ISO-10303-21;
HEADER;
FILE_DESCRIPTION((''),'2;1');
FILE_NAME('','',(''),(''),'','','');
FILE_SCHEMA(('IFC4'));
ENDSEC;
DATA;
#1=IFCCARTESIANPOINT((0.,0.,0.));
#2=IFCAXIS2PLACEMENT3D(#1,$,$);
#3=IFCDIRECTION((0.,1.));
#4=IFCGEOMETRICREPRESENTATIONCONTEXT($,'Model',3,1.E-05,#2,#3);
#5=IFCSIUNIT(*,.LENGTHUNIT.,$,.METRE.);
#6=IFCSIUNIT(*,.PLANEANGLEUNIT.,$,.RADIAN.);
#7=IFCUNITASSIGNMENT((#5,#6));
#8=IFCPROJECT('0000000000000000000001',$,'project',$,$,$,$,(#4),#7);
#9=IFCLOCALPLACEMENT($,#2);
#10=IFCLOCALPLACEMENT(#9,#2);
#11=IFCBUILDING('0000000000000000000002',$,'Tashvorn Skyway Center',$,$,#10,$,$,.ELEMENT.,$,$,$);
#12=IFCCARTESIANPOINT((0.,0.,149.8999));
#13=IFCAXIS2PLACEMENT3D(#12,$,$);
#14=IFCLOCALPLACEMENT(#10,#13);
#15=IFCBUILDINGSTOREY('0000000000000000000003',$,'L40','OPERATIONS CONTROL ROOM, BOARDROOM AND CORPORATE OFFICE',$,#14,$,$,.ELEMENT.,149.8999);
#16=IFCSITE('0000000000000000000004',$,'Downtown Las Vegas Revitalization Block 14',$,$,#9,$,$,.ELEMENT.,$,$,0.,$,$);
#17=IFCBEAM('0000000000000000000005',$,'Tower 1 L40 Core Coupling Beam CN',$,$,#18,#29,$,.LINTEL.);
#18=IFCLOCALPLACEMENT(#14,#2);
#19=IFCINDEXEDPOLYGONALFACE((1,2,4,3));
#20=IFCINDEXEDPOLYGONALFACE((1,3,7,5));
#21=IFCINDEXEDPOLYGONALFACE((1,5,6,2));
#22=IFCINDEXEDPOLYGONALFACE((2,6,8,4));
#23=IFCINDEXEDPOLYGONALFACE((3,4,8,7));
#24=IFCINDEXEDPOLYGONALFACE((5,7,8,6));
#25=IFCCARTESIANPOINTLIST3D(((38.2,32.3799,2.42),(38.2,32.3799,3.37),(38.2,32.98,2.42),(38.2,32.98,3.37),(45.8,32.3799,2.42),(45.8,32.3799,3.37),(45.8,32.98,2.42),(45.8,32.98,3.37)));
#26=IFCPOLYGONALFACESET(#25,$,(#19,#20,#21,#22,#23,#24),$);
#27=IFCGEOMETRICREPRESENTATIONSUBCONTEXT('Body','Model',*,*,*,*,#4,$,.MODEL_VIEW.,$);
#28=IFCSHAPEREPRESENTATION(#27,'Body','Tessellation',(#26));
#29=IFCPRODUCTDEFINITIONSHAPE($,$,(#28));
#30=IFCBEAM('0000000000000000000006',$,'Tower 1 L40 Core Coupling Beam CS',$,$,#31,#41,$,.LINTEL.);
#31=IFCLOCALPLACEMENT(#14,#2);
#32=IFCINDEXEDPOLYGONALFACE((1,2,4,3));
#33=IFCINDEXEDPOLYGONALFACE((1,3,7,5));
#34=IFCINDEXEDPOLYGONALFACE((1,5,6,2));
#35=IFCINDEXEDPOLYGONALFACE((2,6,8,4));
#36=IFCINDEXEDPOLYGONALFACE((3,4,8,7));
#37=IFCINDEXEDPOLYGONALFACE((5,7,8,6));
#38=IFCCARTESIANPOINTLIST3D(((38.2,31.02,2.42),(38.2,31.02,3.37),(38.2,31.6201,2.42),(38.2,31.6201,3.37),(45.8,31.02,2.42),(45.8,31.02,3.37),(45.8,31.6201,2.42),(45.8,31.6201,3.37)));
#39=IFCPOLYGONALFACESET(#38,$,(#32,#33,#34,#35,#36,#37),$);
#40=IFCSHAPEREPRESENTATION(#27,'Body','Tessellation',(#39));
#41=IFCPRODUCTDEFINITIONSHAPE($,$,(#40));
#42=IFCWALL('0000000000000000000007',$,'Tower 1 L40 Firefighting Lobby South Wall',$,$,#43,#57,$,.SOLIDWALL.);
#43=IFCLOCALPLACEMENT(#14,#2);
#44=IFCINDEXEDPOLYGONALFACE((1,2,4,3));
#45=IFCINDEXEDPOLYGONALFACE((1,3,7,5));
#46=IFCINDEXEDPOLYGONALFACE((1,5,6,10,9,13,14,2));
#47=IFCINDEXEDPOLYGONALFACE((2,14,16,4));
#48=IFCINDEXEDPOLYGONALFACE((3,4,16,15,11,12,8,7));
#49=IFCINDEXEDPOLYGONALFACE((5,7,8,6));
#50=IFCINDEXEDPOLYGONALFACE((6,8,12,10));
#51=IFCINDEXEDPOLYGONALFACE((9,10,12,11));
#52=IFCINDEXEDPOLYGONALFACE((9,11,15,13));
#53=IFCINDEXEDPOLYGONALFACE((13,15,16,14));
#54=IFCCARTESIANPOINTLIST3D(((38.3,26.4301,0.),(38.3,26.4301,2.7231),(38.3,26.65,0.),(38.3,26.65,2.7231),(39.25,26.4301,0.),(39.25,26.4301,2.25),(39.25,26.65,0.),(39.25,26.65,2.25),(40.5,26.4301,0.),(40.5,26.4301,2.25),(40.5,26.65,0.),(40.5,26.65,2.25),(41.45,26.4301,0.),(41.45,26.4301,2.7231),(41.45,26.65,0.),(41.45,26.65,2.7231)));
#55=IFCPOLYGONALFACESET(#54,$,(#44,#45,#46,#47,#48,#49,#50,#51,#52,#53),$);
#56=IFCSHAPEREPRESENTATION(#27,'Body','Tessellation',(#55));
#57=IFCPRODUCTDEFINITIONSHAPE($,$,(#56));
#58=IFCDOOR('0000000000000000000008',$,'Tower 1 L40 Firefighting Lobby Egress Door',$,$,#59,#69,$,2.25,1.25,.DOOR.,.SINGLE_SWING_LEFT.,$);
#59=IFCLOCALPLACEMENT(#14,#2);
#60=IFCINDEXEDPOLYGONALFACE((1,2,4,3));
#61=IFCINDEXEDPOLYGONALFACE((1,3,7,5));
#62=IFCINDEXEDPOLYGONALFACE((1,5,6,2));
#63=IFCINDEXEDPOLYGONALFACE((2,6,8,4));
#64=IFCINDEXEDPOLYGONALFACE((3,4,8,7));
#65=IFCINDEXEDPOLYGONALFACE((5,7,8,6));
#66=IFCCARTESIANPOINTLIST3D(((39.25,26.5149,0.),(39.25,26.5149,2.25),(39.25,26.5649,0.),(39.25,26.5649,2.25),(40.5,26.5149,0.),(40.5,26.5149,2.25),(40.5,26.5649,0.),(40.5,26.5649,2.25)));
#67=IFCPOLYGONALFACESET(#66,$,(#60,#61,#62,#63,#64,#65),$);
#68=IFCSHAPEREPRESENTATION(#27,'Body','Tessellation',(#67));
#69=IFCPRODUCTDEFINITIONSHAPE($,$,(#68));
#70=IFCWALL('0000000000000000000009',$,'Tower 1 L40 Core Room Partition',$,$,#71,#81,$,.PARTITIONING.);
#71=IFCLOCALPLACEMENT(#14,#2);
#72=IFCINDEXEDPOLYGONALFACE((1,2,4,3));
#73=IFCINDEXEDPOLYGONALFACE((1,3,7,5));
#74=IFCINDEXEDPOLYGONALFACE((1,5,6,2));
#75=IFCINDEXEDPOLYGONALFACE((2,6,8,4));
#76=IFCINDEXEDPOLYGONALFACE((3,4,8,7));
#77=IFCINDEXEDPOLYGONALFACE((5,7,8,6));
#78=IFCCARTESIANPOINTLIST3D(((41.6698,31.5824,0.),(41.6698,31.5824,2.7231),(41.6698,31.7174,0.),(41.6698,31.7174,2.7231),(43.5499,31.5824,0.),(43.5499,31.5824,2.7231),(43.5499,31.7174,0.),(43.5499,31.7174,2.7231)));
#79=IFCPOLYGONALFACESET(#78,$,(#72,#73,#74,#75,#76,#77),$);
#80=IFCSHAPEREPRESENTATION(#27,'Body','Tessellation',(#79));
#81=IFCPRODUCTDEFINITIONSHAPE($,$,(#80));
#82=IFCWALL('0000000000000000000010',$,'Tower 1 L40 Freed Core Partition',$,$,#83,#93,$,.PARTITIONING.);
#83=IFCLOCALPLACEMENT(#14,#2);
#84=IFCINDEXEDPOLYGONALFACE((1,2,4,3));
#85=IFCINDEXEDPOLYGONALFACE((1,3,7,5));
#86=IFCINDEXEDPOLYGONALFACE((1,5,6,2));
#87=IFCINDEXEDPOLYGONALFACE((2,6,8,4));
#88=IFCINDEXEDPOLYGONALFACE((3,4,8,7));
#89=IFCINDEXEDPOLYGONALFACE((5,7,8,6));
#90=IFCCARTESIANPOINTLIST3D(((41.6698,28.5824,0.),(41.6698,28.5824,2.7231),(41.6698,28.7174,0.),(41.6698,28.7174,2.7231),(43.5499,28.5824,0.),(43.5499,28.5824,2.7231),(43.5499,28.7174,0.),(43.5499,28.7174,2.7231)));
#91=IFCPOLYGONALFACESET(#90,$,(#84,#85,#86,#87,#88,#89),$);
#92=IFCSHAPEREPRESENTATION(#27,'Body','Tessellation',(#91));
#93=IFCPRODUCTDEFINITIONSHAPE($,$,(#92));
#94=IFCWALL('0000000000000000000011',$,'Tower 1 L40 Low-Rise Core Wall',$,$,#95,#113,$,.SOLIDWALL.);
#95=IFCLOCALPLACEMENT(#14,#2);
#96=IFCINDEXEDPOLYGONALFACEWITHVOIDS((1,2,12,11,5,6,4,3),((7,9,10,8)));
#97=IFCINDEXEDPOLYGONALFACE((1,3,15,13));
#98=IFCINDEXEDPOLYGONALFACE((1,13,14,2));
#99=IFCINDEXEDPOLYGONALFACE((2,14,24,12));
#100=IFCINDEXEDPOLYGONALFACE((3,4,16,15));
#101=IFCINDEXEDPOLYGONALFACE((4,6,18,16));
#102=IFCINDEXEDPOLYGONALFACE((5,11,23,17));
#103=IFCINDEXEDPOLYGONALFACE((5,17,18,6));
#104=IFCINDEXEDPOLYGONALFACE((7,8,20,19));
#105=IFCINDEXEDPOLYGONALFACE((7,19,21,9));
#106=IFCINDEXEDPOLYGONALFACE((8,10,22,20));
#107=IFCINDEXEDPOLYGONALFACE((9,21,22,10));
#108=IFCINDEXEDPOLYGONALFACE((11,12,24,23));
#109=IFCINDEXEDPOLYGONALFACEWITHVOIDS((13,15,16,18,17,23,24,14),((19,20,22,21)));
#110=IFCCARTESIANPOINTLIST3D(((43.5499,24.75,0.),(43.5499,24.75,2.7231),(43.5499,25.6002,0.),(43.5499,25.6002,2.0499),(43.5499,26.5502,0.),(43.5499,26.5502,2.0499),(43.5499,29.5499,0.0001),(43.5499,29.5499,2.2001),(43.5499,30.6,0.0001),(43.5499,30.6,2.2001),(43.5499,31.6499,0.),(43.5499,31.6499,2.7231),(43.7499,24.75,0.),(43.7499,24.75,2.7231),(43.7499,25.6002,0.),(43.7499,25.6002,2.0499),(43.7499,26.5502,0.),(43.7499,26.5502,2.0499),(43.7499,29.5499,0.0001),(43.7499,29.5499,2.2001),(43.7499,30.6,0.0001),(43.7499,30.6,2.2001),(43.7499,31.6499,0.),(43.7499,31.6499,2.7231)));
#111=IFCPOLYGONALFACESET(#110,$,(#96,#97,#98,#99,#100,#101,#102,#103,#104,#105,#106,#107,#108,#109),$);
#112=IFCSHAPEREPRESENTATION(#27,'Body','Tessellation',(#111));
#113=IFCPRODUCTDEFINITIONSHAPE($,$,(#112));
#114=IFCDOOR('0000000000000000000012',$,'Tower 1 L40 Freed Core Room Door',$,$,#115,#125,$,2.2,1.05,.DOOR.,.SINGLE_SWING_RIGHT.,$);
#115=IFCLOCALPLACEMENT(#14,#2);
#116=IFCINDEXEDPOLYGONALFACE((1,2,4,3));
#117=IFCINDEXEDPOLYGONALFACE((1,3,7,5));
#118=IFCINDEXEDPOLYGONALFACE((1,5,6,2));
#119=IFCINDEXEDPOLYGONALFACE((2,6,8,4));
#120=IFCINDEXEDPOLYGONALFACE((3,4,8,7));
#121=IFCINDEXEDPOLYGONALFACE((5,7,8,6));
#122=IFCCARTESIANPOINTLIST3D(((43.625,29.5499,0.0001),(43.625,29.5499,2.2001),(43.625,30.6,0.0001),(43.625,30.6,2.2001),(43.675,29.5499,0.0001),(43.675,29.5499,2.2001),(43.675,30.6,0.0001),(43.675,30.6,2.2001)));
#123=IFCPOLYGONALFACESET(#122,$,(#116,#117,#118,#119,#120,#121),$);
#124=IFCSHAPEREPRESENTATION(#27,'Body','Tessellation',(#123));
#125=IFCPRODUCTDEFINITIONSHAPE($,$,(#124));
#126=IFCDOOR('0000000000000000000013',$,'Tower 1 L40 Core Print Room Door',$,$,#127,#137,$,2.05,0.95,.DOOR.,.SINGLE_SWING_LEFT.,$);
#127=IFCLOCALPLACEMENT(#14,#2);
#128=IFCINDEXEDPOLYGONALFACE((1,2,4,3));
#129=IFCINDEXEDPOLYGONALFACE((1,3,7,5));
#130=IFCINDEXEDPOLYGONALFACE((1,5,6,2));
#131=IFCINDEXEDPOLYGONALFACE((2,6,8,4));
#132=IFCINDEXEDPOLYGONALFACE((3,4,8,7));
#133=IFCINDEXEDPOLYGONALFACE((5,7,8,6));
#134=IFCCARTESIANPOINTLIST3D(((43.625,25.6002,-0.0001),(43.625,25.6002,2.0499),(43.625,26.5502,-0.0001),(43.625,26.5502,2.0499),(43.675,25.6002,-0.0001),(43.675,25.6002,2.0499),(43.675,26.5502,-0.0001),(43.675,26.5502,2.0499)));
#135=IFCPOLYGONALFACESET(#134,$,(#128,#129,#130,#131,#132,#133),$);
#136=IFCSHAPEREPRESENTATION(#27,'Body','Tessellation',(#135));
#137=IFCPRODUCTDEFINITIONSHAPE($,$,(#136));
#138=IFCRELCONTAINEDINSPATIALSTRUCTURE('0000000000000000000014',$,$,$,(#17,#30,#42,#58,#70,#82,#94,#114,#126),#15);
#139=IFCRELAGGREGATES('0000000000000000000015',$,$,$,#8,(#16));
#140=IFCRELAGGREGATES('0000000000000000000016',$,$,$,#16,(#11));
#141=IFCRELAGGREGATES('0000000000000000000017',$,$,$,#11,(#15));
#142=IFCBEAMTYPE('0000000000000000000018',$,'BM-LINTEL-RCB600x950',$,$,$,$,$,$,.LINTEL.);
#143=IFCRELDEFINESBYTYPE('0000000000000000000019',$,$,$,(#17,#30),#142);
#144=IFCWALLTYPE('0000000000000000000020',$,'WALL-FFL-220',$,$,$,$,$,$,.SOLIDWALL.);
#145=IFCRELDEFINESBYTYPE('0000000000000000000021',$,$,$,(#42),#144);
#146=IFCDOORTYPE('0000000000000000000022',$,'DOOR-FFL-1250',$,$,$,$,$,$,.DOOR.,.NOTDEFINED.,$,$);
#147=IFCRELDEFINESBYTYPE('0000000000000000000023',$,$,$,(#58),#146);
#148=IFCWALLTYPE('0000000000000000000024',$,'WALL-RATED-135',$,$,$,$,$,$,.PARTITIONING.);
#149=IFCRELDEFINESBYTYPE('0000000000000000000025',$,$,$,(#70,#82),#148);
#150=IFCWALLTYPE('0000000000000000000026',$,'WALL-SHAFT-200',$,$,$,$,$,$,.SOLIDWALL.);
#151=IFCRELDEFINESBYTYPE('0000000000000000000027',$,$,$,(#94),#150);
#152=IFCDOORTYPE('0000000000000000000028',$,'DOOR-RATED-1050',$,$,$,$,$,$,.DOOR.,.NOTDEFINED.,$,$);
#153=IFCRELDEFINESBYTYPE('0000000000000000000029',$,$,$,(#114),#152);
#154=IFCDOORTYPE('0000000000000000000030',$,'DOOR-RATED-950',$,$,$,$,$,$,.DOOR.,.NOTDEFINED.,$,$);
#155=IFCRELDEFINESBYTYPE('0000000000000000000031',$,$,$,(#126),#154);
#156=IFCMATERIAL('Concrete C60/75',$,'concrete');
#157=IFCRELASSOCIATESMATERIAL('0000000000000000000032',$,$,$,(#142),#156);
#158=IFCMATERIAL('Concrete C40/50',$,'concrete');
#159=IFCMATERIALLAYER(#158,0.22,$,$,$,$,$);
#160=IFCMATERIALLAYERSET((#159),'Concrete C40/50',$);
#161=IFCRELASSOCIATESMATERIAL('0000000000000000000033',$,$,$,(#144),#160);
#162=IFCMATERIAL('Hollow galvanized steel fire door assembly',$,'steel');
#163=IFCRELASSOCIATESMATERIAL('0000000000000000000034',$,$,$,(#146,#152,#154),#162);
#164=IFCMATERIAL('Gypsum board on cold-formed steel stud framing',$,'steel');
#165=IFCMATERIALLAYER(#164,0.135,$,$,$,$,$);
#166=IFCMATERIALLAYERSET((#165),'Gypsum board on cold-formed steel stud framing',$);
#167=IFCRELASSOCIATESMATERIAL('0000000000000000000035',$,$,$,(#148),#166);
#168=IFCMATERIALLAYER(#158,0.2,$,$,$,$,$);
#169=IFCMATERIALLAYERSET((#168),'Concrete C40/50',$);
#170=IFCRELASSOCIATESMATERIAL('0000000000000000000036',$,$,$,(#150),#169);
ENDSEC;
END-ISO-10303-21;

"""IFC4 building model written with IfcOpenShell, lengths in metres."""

from ifc_helpers import new_model, si_unit, direction, frame, frame_2d, origin, origin_2d, place, context, subcontext, project, spatial, rectangle, extrude, material, layer, layer_set, material_profile, profile_set, type_object, element, fill, save


model = new_model("IFC4")

# Units and contexts
model_context = context("Model", 3, precision=1e-05, world=origin(), true_north=direction((0.0, 1.0)))
body_context = subcontext(model_context, "Body", "Model", "MODEL_VIEW")
ifc_project = project(units=[si_unit("LENGTHUNIT", "METRE"), si_unit("PLANEANGLEUNIT", "RADIAN")], contexts=[model_context])

# Site, building, storey
site_placement = place(None, origin())
site = spatial("IfcSite", under=ifc_project, at=site_placement, Name="Downtown Las Vegas Revitalization Block 14", CompositionType="ELEMENT", RefElevation=0.0)
building_placement = place(site_placement, origin())
building = spatial("IfcBuilding", under=site, at=building_placement, Name="Tashvorn Skyway Center", CompositionType="ELEMENT")
storey_placement = place(building_placement, frame((0.0, 0.0, 149.8999)))
storey = spatial("IfcBuildingStorey", under=building, at=storey_placement, Name="L40", Description="OPERATIONS CONTROL ROOM, BOARDROOM AND CORPORATE OFFICE", CompositionType="ELEMENT", Elevation=149.8999)

# Beams
ifc_material_1 = material(Name="Concrete C60/75", Category="concrete")
ifc_material_profile = material_profile(ifc_material_1, rectangle(XDim=0.6001, YDim=0.95, at=origin_2d()), Name="RCB600x950")
ifc_profile_set = profile_set([ifc_material_profile], Name="Concrete C60/75")
beam_type = type_object("IfcBeamType", Name="BM-LINTEL-RCB600x950", PredefinedType="LINTEL", material=ifc_profile_set)
for number, where, z_axis, x_axis, name in (
    (1, (38.2, 32.6799, 2.895), (1.0, 0.0, 0.0), (0.0, 1.0, 0.0), "Tower 1 L40 Core Coupling Beam CN"),
    (2, (38.2, 31.3201, 2.895), (1.0, 0.0, 0.0), (0.0, 1.0, 0.0), "Tower 1 L40 Core Coupling Beam CS"),
):
    element("IfcBeam", number, at=place(storey_placement, frame(where, z_axis=z_axis, x_axis=x_axis)), inside=storey, type_object=beam_type, Name=name, PredefinedType="LINTEL", context=body_context, shape_type="SweptSolid", body=[
        extrude(rectangle(XDim=0.6001, YDim=0.95, at=origin_2d()), origin(), (0.0, 0.0, 1.0), 7.6001),
    ])

# Wall, opening, door
ifc_material_2 = material(Name="Concrete C40/50", Category="concrete")
ifc_layer_1 = layer(ifc_material_2, 0.22)
ifc_layer_set_1 = layer_set([ifc_layer_1], Name="Concrete C40/50")
wall_type_1 = type_object("IfcWallType", Name="WALL-FFL-220", PredefinedType="SOLIDWALL", material=ifc_layer_set_1)
wall_1_placement = place(storey_placement, frame((38.3, 26.54, 0.0), z_axis=(0.0, 0.0, 1.0), x_axis=(1.0, 0.0, 0.0)))
wall_1 = element("IfcWall", 3, at=wall_1_placement, inside=storey, type_object=wall_type_1, Name="Tower 1 L40 Firefighting Lobby South Wall", PredefinedType="SOLIDWALL", context=body_context, shape_type="SweptSolid", body=[
    extrude(rectangle(XDim=3.1499, YDim=0.22, at=frame_2d((1.575, 0.0))), origin(), (0.0, 0.0, 1.0), 2.7231),
])
opening_1_placement = place(wall_1_placement, frame((0.95, 0.0, 0.0)))
opening_1 = element("IfcOpeningElement", 4, at=opening_1_placement, cuts=wall_1, PredefinedType="OPENING", context=body_context, shape_type="SweptSolid", body=[
    extrude(rectangle(XDim=1.25, YDim=2.25, at=frame_2d((0.625, 1.125))), frame((0.0, 0.1199, 0.0), z_axis=(0.0, -1.0, 0.0), x_axis=(1.0, 0.0, 0.0)), (0.0, 0.0, 1.0), 0.24),
])
ifc_material_3 = material(Name="Hollow galvanized steel fire door assembly", Category="steel")
door_type_1 = type_object("IfcDoorType", Name="DOOR-FFL-1250", OperationType="NOTDEFINED", PredefinedType="DOOR", material=ifc_material_3)
door_1_placement = place(opening_1_placement, origin())
door_1 = element("IfcDoor", 5, at=door_1_placement, inside=storey, type_object=door_type_1, Name="Tower 1 L40 Firefighting Lobby Egress Door", OperationType="SINGLE_SWING_LEFT", OverallHeight=2.25, OverallWidth=1.25, PredefinedType="DOOR", context=body_context, shape_type="SweptSolid", body=[
    extrude(rectangle(XDim=1.25, YDim=2.25, at=frame_2d((0.625, 1.125))), frame((0.0, 0.0249, 0.0), z_axis=(0.0, -1.0, 0.0), x_axis=(1.0, 0.0, 0.0)), (0.0, 0.0, 1.0), 0.05),
])
fill(opening_1, door_1)

# Walls
ifc_material_4 = material(Name="Gypsum board on cold-formed steel stud framing", Category="steel")
ifc_layer_2 = layer(ifc_material_4, 0.135)
ifc_layer_set_2 = layer_set([ifc_layer_2], Name="Gypsum board on cold-formed steel stud framing")
wall_type_2 = type_object("IfcWallType", Name="WALL-RATED-135", PredefinedType="PARTITIONING", material=ifc_layer_set_2)
for number, where, z_axis, x_axis, name in (
    (6, (41.6699, 31.6499, 0.0), (0.0, 0.0, 1.0), (1.0, 0.0, 0.0), "Tower 1 L40 Core Room Partition"),
    (7, (41.6699, 28.6499, 0.0), (0.0, 0.0, 1.0), (1.0, 0.0, 0.0), "Tower 1 L40 Freed Core Partition"),
):
    element("IfcWall", number, at=place(storey_placement, frame(where, z_axis=z_axis, x_axis=x_axis)), inside=storey, type_object=wall_type_2, Name=name, PredefinedType="PARTITIONING", context=body_context, shape_type="SweptSolid", body=[
        extrude(rectangle(XDim=1.8801, YDim=0.135, at=frame_2d((0.9399, 0.0))), origin(), (0.0, 0.0, 1.0), 2.7231),
    ])

# Wall, openings, doors
ifc_layer_3 = layer(ifc_material_2, 0.2)
ifc_layer_set_3 = layer_set([ifc_layer_3], Name="Concrete C40/50")
wall_type_3 = type_object("IfcWallType", Name="WALL-SHAFT-200", PredefinedType="SOLIDWALL", material=ifc_layer_set_3)
wall_2_placement = place(storey_placement, frame((43.6499, 24.75, 0.0), z_axis=(0.0, 0.0, 1.0), x_axis=(0.0, 1.0, 0.0)))
wall_2 = element("IfcWall", 8, at=wall_2_placement, inside=storey, type_object=wall_type_3, Name="Tower 1 L40 Low-Rise Core Wall", PredefinedType="SOLIDWALL", context=body_context, shape_type="SweptSolid", body=[
    extrude(rectangle(XDim=6.8999, YDim=0.2, at=frame_2d((3.45, 0.0))), origin(), (0.0, 0.0, 1.0), 2.7231),
])
opening_2_placement = place(wall_2_placement, frame((0.8501, 0.0, 0.0)))
opening_2 = element("IfcOpeningElement", 9, at=opening_2_placement, cuts=wall_2, PredefinedType="OPENING", context=body_context, shape_type="SweptSolid", body=[
    extrude(rectangle(XDim=0.95, YDim=2.05, at=frame_2d((0.4751, 1.0249))), frame((0.0, 0.1099, 0.0), z_axis=(0.0, -1.0, 0.0), x_axis=(1.0, 0.0, 0.0)), (0.0, 0.0, 1.0), 0.22),
])
opening_3_placement = place(wall_2_placement, frame((4.8, 0.0, 0.0)))
opening_3 = element("IfcOpeningElement", 10, at=opening_3_placement, cuts=wall_2, PredefinedType="OPENING", context=body_context, shape_type="SweptSolid", body=[
    extrude(rectangle(XDim=1.05, YDim=2.2, at=frame_2d((0.5249, 1.1001))), frame((0.0, 0.1099, 0.0), z_axis=(0.0, -1.0, 0.0), x_axis=(1.0, 0.0, 0.0)), (0.0, 0.0, 1.0), 0.22),
])
door_type_2 = type_object("IfcDoorType", Name="DOOR-RATED-1050", OperationType="NOTDEFINED", PredefinedType="DOOR", material=ifc_material_3)
door_2_placement = place(opening_3_placement, origin())
door_2 = element("IfcDoor", 11, at=door_2_placement, inside=storey, type_object=door_type_2, Name="Tower 1 L40 Freed Core Room Door", OperationType="SINGLE_SWING_RIGHT", OverallHeight=2.2, OverallWidth=1.05, PredefinedType="DOOR", context=body_context, shape_type="SweptSolid", body=[
    extrude(rectangle(XDim=1.05, YDim=2.2, at=frame_2d((0.5249, 1.1001))), frame((0.0, 0.0249, 0.0), z_axis=(0.0, -1.0, 0.0), x_axis=(1.0, 0.0, 0.0)), (0.0, 0.0, 1.0), 0.05),
])
fill(opening_3, door_2)
door_type_3 = type_object("IfcDoorType", Name="DOOR-RATED-950", OperationType="NOTDEFINED", PredefinedType="DOOR", material=ifc_material_3)
door_3_placement = place(opening_2_placement, origin())
door_3 = element("IfcDoor", 12, at=door_3_placement, inside=storey, type_object=door_type_3, Name="Tower 1 L40 Core Print Room Door", OperationType="SINGLE_SWING_LEFT", OverallHeight=2.05, OverallWidth=0.95, PredefinedType="DOOR", context=body_context, shape_type="SweptSolid", body=[
    extrude(rectangle(XDim=0.95, YDim=2.05, at=frame_2d((0.4751, 1.0249))), frame((0.0, 0.0249, 0.0), z_axis=(0.0, -1.0, 0.0), x_axis=(1.0, 0.0, 0.0)), (0.0, 0.0, 1.0), 0.05),
])
fill(opening_2, door_3)

save(model, "model.ifc")
